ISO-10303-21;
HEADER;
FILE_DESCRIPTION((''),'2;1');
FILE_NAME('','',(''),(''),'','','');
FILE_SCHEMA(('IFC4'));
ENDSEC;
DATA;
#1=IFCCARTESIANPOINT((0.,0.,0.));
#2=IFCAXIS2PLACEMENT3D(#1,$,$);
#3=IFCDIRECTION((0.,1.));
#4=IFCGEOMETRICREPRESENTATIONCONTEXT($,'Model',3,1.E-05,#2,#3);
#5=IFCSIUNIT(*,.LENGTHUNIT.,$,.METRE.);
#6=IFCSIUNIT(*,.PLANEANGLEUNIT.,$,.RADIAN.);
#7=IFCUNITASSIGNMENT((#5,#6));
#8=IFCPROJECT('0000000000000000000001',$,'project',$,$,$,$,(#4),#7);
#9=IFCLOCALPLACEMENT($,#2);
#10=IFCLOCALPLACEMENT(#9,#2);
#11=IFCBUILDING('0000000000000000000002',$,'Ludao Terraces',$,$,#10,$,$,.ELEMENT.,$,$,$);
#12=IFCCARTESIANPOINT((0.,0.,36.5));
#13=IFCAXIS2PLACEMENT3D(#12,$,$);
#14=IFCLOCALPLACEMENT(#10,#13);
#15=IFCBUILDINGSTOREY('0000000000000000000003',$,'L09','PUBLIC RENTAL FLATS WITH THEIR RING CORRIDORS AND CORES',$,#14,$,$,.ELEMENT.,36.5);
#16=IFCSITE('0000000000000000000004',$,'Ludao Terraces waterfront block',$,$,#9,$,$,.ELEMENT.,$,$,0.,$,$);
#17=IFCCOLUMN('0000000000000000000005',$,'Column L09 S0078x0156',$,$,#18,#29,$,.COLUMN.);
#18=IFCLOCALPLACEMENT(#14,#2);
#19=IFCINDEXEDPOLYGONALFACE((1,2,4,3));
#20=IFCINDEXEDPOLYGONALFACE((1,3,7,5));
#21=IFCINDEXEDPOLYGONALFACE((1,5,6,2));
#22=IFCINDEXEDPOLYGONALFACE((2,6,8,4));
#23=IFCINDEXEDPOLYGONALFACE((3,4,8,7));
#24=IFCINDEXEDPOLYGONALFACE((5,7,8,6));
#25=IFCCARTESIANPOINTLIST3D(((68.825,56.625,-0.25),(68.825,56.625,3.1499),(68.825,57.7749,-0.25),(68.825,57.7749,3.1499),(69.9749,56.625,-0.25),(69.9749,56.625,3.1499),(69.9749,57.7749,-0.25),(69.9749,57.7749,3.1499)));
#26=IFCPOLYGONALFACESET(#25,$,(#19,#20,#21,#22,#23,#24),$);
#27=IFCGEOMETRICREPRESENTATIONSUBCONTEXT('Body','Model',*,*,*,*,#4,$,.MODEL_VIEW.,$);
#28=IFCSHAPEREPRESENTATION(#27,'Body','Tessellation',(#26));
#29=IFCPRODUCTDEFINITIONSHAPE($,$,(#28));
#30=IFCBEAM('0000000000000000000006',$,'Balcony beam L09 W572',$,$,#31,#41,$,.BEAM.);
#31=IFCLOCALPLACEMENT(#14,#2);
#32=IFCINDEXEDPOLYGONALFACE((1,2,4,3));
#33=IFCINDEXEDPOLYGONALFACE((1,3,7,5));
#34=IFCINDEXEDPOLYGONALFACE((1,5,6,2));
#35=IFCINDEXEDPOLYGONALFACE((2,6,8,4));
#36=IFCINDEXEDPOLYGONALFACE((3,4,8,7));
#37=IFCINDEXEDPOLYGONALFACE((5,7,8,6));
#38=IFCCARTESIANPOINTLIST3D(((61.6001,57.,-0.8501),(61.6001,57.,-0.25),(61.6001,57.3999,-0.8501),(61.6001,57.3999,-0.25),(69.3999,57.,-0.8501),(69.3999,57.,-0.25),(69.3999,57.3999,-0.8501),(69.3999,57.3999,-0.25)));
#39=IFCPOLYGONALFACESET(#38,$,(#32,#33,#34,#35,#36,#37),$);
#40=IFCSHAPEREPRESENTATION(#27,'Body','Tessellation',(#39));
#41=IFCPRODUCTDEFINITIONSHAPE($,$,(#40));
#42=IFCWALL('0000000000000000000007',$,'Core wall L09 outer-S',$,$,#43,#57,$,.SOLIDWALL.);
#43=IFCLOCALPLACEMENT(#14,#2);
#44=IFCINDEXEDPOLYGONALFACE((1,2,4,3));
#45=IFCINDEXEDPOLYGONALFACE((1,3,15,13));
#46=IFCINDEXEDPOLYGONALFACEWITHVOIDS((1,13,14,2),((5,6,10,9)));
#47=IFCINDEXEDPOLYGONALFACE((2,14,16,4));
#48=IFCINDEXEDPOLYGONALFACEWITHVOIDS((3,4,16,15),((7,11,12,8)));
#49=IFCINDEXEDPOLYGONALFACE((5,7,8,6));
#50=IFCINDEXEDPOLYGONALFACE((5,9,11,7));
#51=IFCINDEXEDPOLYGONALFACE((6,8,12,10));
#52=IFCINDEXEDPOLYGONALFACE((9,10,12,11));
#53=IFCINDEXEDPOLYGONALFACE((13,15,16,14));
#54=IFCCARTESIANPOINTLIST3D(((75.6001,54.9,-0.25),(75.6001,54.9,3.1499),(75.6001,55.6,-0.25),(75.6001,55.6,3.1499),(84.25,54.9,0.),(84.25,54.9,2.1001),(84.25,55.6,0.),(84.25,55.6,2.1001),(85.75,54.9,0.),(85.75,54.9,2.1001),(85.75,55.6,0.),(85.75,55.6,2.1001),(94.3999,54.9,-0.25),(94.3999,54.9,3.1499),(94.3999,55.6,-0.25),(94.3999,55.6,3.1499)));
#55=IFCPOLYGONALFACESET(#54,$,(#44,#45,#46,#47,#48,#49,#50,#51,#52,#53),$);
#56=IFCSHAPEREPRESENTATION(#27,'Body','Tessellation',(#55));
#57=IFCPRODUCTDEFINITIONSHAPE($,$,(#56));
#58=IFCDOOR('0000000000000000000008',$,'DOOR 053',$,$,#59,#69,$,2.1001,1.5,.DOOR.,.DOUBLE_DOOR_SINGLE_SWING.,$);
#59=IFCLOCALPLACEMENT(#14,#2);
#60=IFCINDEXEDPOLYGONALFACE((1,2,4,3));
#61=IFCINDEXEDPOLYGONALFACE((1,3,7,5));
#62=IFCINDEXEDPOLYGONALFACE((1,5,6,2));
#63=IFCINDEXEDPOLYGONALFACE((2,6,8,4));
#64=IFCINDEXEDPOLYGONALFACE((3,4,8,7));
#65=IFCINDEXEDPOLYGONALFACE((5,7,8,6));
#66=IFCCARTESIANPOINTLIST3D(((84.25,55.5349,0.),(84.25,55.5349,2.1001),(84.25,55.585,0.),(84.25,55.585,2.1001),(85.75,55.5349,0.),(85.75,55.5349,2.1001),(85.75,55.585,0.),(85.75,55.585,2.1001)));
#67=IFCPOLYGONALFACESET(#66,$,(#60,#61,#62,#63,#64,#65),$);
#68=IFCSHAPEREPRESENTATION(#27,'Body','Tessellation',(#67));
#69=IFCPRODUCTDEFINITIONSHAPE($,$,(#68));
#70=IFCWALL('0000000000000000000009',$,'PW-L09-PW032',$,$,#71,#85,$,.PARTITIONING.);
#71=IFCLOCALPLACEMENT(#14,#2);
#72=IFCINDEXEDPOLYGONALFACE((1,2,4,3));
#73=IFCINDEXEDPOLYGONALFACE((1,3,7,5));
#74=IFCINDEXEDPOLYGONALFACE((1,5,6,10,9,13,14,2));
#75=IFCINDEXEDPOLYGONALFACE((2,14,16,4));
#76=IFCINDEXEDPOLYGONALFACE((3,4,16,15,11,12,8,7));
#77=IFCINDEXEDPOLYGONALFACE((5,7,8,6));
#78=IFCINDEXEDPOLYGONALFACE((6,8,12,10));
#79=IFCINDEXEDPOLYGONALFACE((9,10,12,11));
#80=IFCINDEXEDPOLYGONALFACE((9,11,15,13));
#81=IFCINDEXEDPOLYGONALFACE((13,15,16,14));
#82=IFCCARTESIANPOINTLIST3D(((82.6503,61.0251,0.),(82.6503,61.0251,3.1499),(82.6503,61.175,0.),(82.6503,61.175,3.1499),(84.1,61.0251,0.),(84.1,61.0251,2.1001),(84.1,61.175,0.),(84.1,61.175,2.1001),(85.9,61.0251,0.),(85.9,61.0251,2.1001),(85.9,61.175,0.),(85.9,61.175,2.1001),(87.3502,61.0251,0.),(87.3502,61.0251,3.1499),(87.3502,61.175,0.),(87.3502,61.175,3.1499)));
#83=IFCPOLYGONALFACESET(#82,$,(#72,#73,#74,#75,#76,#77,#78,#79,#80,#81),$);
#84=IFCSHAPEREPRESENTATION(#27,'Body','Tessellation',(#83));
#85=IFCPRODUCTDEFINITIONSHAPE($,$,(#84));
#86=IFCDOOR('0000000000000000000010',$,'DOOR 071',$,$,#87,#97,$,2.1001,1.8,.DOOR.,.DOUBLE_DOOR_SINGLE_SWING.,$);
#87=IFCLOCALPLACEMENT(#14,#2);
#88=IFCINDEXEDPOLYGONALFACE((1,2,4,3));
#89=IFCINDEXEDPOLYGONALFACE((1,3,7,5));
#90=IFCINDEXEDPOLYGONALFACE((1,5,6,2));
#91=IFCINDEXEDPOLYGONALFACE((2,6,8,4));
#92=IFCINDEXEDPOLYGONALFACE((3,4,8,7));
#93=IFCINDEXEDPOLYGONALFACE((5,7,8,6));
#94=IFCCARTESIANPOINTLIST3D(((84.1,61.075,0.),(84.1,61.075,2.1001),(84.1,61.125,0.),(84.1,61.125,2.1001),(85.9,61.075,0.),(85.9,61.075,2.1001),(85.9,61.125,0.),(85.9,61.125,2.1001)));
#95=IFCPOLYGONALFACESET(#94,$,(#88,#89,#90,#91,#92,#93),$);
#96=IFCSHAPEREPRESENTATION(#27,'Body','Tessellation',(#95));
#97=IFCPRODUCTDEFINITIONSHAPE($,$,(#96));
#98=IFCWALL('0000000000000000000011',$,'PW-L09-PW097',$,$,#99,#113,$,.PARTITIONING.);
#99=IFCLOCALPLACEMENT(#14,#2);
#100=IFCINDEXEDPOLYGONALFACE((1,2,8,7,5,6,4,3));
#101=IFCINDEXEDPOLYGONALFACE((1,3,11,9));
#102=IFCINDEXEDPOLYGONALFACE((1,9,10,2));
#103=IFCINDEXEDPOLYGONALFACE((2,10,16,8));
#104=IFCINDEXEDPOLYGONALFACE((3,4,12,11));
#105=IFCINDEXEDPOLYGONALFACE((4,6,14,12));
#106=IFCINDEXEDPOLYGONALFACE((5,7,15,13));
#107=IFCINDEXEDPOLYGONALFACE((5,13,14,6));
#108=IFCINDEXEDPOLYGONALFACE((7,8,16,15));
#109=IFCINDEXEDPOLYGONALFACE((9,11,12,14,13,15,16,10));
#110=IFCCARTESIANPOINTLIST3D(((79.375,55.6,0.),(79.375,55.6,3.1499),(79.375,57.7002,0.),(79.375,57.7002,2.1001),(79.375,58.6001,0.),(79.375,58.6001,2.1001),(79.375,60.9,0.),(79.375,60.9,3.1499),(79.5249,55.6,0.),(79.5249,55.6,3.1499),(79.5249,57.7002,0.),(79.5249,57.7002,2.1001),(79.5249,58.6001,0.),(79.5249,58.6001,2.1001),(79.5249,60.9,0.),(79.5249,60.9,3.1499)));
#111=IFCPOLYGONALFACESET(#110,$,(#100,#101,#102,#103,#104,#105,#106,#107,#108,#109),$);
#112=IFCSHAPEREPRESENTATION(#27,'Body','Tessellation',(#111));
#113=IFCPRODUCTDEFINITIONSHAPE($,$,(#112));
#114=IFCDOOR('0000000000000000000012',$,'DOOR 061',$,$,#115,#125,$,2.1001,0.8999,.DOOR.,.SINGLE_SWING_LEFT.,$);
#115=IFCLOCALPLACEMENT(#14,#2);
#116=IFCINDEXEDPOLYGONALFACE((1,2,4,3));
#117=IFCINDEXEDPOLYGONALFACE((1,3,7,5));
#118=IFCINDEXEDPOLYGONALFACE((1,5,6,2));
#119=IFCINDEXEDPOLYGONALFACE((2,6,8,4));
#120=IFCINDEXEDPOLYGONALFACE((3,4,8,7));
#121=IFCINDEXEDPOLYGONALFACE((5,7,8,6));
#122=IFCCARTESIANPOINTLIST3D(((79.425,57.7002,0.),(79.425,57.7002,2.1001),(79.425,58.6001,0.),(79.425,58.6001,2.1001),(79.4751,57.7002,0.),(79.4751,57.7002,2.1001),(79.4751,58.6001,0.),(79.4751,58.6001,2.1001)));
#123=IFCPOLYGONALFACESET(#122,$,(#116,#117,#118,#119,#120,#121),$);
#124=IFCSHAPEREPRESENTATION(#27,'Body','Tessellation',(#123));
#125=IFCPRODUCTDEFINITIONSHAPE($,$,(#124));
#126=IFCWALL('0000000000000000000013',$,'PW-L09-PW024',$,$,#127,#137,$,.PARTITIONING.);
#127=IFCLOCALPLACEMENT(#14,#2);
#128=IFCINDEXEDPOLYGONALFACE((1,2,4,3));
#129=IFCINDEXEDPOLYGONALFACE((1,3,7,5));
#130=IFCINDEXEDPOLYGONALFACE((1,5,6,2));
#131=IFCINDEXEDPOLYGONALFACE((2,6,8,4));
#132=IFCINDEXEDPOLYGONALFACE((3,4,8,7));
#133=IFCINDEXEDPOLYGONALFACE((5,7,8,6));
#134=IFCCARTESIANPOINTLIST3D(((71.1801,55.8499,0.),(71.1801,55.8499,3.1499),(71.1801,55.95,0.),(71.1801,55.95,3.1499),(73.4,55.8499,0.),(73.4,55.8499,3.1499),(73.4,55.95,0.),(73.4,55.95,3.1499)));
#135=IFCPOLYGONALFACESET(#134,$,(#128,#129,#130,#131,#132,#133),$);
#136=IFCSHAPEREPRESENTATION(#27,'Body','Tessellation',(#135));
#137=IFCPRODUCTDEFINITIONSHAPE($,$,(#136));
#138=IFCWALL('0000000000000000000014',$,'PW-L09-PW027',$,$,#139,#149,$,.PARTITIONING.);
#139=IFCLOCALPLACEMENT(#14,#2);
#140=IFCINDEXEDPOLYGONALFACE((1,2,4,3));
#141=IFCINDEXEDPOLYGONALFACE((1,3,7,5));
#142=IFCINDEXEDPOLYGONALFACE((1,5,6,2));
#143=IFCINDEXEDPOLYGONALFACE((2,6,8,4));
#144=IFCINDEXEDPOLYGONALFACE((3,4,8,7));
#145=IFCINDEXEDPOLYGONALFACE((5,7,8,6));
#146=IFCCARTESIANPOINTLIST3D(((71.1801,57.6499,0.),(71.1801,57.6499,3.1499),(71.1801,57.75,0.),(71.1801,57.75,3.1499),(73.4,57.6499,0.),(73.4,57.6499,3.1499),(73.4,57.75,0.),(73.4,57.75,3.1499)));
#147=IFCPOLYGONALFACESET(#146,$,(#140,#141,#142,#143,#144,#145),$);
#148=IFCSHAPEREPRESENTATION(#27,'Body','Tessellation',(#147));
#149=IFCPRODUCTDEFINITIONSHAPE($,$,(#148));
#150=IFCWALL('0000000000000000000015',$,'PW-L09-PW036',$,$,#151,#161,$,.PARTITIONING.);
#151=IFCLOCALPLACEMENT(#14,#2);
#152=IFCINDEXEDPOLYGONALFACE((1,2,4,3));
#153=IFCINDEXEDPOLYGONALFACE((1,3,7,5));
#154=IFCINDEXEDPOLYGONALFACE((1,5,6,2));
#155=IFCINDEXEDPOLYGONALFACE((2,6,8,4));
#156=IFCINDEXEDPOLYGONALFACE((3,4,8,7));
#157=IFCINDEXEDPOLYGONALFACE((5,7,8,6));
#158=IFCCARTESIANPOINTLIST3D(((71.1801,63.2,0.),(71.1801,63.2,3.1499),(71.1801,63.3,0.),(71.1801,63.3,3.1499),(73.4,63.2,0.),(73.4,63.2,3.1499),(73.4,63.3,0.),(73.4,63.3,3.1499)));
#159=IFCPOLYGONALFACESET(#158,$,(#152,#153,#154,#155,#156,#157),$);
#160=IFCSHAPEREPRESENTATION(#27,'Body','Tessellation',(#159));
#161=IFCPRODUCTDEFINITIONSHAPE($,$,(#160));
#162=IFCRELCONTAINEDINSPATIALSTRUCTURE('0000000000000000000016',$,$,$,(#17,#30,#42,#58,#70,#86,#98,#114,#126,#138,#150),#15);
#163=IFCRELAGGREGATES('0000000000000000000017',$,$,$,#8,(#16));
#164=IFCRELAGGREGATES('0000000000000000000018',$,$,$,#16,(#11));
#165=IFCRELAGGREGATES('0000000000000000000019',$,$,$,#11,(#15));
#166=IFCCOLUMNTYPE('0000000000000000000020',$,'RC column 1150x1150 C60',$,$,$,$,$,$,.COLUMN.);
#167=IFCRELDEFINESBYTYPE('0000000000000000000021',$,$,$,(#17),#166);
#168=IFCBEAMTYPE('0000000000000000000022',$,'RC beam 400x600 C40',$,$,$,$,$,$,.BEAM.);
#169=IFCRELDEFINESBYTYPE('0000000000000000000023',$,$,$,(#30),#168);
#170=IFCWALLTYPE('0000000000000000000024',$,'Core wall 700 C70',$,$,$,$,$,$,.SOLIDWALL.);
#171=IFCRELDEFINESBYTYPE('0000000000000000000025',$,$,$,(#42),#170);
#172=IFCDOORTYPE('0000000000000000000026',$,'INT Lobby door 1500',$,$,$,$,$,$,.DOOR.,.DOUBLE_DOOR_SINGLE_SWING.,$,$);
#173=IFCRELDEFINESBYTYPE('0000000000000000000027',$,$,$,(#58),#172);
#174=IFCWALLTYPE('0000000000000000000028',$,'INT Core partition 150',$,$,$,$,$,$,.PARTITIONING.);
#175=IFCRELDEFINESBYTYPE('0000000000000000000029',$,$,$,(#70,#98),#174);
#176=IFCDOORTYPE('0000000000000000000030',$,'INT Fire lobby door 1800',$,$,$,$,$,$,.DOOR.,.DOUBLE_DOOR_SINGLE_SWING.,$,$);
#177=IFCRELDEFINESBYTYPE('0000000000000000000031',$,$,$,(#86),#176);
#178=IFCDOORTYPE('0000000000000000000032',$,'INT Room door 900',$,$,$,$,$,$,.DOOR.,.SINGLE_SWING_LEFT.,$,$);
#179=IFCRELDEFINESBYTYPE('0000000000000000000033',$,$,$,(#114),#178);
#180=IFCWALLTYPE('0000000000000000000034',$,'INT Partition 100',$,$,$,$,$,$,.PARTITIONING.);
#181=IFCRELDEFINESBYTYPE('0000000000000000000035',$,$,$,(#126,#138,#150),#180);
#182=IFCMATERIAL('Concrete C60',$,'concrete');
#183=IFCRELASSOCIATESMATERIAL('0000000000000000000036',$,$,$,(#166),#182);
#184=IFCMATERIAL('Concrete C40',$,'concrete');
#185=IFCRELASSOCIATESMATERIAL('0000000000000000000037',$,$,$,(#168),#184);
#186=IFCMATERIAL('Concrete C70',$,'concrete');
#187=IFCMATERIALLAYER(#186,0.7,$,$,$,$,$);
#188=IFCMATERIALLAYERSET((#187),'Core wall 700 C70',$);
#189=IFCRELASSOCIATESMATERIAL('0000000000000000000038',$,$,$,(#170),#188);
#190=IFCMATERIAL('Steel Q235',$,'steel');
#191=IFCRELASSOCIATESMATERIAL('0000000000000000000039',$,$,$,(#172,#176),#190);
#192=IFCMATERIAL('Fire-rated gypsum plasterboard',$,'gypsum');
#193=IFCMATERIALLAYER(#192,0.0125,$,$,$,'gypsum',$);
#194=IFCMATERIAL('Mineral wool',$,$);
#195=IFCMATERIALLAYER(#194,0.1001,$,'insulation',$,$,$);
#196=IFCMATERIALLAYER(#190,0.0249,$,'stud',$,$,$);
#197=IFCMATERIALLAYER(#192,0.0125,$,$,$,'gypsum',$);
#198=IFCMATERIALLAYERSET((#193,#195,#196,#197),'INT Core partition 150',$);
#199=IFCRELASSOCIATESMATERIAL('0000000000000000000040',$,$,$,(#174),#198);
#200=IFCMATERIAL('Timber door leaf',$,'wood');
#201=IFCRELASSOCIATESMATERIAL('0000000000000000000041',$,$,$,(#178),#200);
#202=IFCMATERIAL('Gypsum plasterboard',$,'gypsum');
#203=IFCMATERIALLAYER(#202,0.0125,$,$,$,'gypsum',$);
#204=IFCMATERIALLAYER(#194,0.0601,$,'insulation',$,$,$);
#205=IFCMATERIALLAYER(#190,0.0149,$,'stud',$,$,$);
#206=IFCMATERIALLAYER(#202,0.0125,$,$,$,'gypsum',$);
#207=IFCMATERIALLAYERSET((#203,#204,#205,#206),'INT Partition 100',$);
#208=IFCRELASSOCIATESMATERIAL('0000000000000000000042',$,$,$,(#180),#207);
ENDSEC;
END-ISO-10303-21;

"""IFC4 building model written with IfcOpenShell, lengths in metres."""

from ifc_helpers import new_model, si_unit, direction, frame, frame_2d, origin, origin_2d, place, context, subcontext, project, spatial, rectangle, extrude, material, layer, layer_set, material_profile, profile_set, type_object, element, fill, save


model = new_model("IFC4")

# Units and contexts
model_context = context("Model", 3, precision=1e-05, world=origin(), true_north=direction((0.0, 1.0)))
body_context = subcontext(model_context, "Body", "Model", "MODEL_VIEW")
ifc_project = project(units=[si_unit("LENGTHUNIT", "METRE"), si_unit("PLANEANGLEUNIT", "RADIAN")], contexts=[model_context])

# Site, building, storey
site_placement = place(None, origin())
site = spatial("IfcSite", under=ifc_project, at=site_placement, Name="Ludao Terraces waterfront block", CompositionType="ELEMENT", RefElevation=0.0)
building_placement = place(site_placement, origin())
building = spatial("IfcBuilding", under=site, at=building_placement, Name="Ludao Terraces", CompositionType="ELEMENT")
storey_placement = place(building_placement, frame((0.0, 0.0, 36.5)))
storey = spatial("IfcBuildingStorey", under=building, at=storey_placement, Name="L09", Description="PUBLIC RENTAL FLATS WITH THEIR RING CORRIDORS AND CORES", CompositionType="ELEMENT", Elevation=36.5)

# Column
ifc_material_1 = material(Name="Concrete C60", Category="concrete")
ifc_material_profile_1 = material_profile(ifc_material_1, rectangle(XDim=1.1499, YDim=1.1499, at=origin_2d()), Name="1150 X 1150")
ifc_profile_set_1 = profile_set([ifc_material_profile_1], Name="Concrete C60")
column_type = type_object("IfcColumnType", Name="RC column 1150x1150 C60", PredefinedType="COLUMN", material=ifc_profile_set_1)
column_placement = place(storey_placement, frame((69.3999, 57.2, -0.25), z_axis=(0.0, 0.0, 1.0), x_axis=(1.0, 0.0, 0.0)))
element("IfcColumn", 1, at=column_placement, inside=storey, type_object=column_type, Name="Column L09 S0078x0156", PredefinedType="COLUMN", context=body_context, shape_type="SweptSolid", body=[
    extrude(rectangle(XDim=1.1499, YDim=1.1499, at=origin_2d()), origin(), (0.0, 0.0, 1.0), 3.3999),
])

# Beam
ifc_material_2 = material(Name="Concrete C40", Category="concrete")
ifc_material_profile_2 = material_profile(ifc_material_2, rectangle(XDim=0.3999, YDim=0.6001, at=origin_2d()), Name="400 X 600")
ifc_profile_set_2 = profile_set([ifc_material_profile_2], Name="Concrete C40")
beam_type = type_object("IfcBeamType", Name="RC beam 400x600 C40", PredefinedType="BEAM", material=ifc_profile_set_2)
beam_placement = place(storey_placement, frame((69.3999, 57.2, -0.55), z_axis=(-1.0, 0.0, 0.0), x_axis=(0.0, -1.0, 0.0)))
element("IfcBeam", 2, at=beam_placement, inside=storey, type_object=beam_type, Name="Balcony beam L09 W572", PredefinedType="BEAM", context=body_context, shape_type="SweptSolid", body=[
    extrude(rectangle(XDim=0.3999, YDim=0.6001, at=origin_2d()), origin(), (0.0, 0.0, 1.0), 7.7998),
])

# Walls, openings, doors
ifc_material_3 = material(Name="Concrete C70", Category="concrete")
ifc_layer_1 = layer(ifc_material_3, 0.7)
ifc_layer_set_1 = layer_set([ifc_layer_1], Name="Core wall 700 C70")
wall_type_1 = type_object("IfcWallType", Name="Core wall 700 C70", PredefinedType="SOLIDWALL", material=ifc_layer_set_1)
wall_1_placement = place(storey_placement, frame((75.6001, 55.25, -0.25), z_axis=(0.0, 0.0, 1.0), x_axis=(1.0, 0.0, 0.0)))
wall_1 = element("IfcWall", 3, at=wall_1_placement, inside=storey, type_object=wall_type_1, Name="Core wall L09 outer-S", PredefinedType="SOLIDWALL", context=body_context, shape_type="SweptSolid", body=[
    extrude(rectangle(XDim=18.7998, YDim=0.7, at=frame_2d((9.3999, 0.0))), origin(), (0.0, 0.0, 1.0), 3.3999),
])
opening_1_placement = place(wall_1_placement, frame((8.6499, 0.0, 0.25)))
opening_1 = element("IfcOpeningElement", 4, at=opening_1_placement, cuts=wall_1, PredefinedType="OPENING", context=body_context, shape_type="SweptSolid", body=[
    extrude(rectangle(XDim=1.5, YDim=2.1001, at=frame_2d((0.75, 1.05))), frame((0.0, 0.3599, 0.0), z_axis=(0.0, -1.0, 0.0), x_axis=(1.0, 0.0, 0.0)), (0.0, 0.0, 1.0), 0.72),
])
ifc_material_4 = material(Name="Steel Q235", Category="steel")
door_type_1 = type_object("IfcDoorType", Name="INT Lobby door 1500", OperationType="DOUBLE_DOOR_SINGLE_SWING", PredefinedType="DOOR", material=ifc_material_4)
door_1_placement = place(opening_1_placement, origin())
door_1 = element("IfcDoor", 5, at=door_1_placement, inside=storey, type_object=door_type_1, Name="DOOR 053", OperationType="DOUBLE_DOOR_SINGLE_SWING", OverallHeight=2.1001, OverallWidth=1.5, PredefinedType="DOOR", context=body_context, shape_type="SweptSolid", body=[
    extrude(rectangle(XDim=1.5, YDim=2.1001, at=frame_2d((0.75, 1.05))), frame((0.0, 0.335, 0.0), z_axis=(0.0, -1.0, 0.0), x_axis=(1.0, 0.0, 0.0)), (0.0, 0.0, 1.0), 0.05),
])
fill(opening_1, door_1)
ifc_material_5 = material(Name="Fire-rated gypsum plasterboard", Category="gypsum")
ifc_layer_2 = layer(ifc_material_5, 0.0125, Category="gypsum")
ifc_material_6 = material(Name="Mineral wool")
ifc_layer_3 = layer(ifc_material_6, 0.1001, Name="insulation")
ifc_layer_4 = layer(ifc_material_4, 0.0249, Name="stud")
ifc_layer_5 = layer(ifc_material_5, 0.0125, Category="gypsum")
ifc_layer_set_2 = layer_set([ifc_layer_2, ifc_layer_3, ifc_layer_4, ifc_layer_5], Name="INT Core partition 150")
wall_type_2 = type_object("IfcWallType", Name="INT Core partition 150", PredefinedType="PARTITIONING", material=ifc_layer_set_2)
wall_2_placement = place(storey_placement, frame((82.6501, 61.1001, 0.0), z_axis=(0.0, 0.0, 1.0), x_axis=(1.0, 0.0, 0.0)))
wall_2 = element("IfcWall", 6, at=wall_2_placement, inside=storey, type_object=wall_type_2, Name="PW-L09-PW032", PredefinedType="PARTITIONING", context=body_context, shape_type="SweptSolid", body=[
    extrude(rectangle(XDim=4.7, YDim=0.1499, at=frame_2d((2.3501, 0.0))), origin(), (0.0, 0.0, 1.0), 3.1499),
])
opening_2_placement = place(wall_2_placement, frame((1.45, 0.0, 0.0)))
opening_2 = element("IfcOpeningElement", 7, at=opening_2_placement, cuts=wall_2, PredefinedType="OPENING", context=body_context, shape_type="SweptSolid", body=[
    extrude(rectangle(XDim=1.8, YDim=2.1001, at=frame_2d((0.8999, 1.05))), frame((0.0, 0.085, 0.0), z_axis=(0.0, -1.0, 0.0), x_axis=(1.0, 0.0, 0.0)), (0.0, 0.0, 1.0), 0.1699),
])
door_type_2 = type_object("IfcDoorType", Name="INT Fire lobby door 1800", OperationType="DOUBLE_DOOR_SINGLE_SWING", PredefinedType="DOOR", material=ifc_material_4)
door_2_placement = place(opening_2_placement, origin())
door_2 = element("IfcDoor", 8, at=door_2_placement, inside=storey, type_object=door_type_2, Name="DOOR 071", OperationType="DOUBLE_DOOR_SINGLE_SWING", OverallHeight=2.1001, OverallWidth=1.8, PredefinedType="DOOR", context=body_context, shape_type="SweptSolid", body=[
    extrude(rectangle(XDim=1.8, YDim=2.1001, at=frame_2d((0.8999, 1.05))), frame((0.0, 0.0249, 0.0), z_axis=(0.0, -1.0, 0.0), x_axis=(1.0, 0.0, 0.0)), (0.0, 0.0, 1.0), 0.05),
])
fill(opening_2, door_2)
wall_3_placement = place(storey_placement, frame((79.45, 55.6001, 0.0), z_axis=(0.0, 0.0, 1.0), x_axis=(0.0, 1.0, 0.0)))
wall_3 = element("IfcWall", 9, at=wall_3_placement, inside=storey, type_object=wall_type_2, Name="PW-L09-PW097", PredefinedType="PARTITIONING", context=body_context, shape_type="SweptSolid", body=[
    extrude(rectangle(XDim=5.3, YDim=0.1499, at=frame_2d((2.6499, 0.0))), origin(), (0.0, 0.0, 1.0), 3.1499),
])
opening_3_placement = place(wall_3_placement, frame((2.1001, 0.0, 0.0)))
opening_3 = element("IfcOpeningElement", 10, at=opening_3_placement, cuts=wall_3, PredefinedType="OPENING", context=body_context, shape_type="SweptSolid", body=[
    extrude(rectangle(XDim=0.8999, YDim=2.1001, at=frame_2d((0.45, 1.05))), frame((0.0, 0.085, 0.0), z_axis=(0.0, -1.0, 0.0), x_axis=(1.0, 0.0, 0.0)), (0.0, 0.0, 1.0), 0.1699),
])
ifc_material_7 = material(Name="Timber door leaf", Category="wood")
door_type_3 = type_object("IfcDoorType", Name="INT Room door 900", OperationType="SINGLE_SWING_LEFT", PredefinedType="DOOR", material=ifc_material_7)
door_3_placement = place(opening_3_placement, origin())
door_3 = element("IfcDoor", 11, at=door_3_placement, inside=storey, type_object=door_type_3, Name="DOOR 061", OperationType="SINGLE_SWING_LEFT", OverallHeight=2.1001, OverallWidth=0.8999, PredefinedType="DOOR", context=body_context, shape_type="SweptSolid", body=[
    extrude(rectangle(XDim=0.8999, YDim=2.1001, at=frame_2d((0.45, 1.05))), frame((0.0, 0.0249, 0.0), z_axis=(0.0, -1.0, 0.0), x_axis=(1.0, 0.0, 0.0)), (0.0, 0.0, 1.0), 0.05),
])
fill(opening_3, door_3)

# Walls
ifc_material_8 = material(Name="Gypsum plasterboard", Category="gypsum")
ifc_layer_6 = layer(ifc_material_8, 0.0125, Category="gypsum")
ifc_layer_7 = layer(ifc_material_6, 0.0601, Name="insulation")
ifc_layer_8 = layer(ifc_material_4, 0.0149, Name="stud")
ifc_layer_9 = layer(ifc_material_8, 0.0125, Category="gypsum")
ifc_layer_set_3 = layer_set([ifc_layer_6, ifc_layer_7, ifc_layer_8, ifc_layer_9], Name="INT Partition 100")
wall_type_3 = type_object("IfcWallType", Name="INT Partition 100", PredefinedType="PARTITIONING", material=ifc_layer_set_3)
for number, where, z_axis, x_axis, name in (
    (12, (71.1802, 55.8999, 0.0), (0.0, 0.0, 1.0), (1.0, 0.0, 0.0), "PW-L09-PW024"),
    (13, (71.1802, 57.7, 0.0), (0.0, 0.0, 1.0), (1.0, 0.0, 0.0), "PW-L09-PW027"),
    (14, (71.1802, 63.25, 0.0), (0.0, 0.0, 1.0), (1.0, 0.0, 0.0), "PW-L09-PW036"),
):
    element("IfcWall", number, at=place(storey_placement, frame(where, z_axis=z_axis, x_axis=x_axis)), inside=storey, type_object=wall_type_3, Name=name, PredefinedType="PARTITIONING", context=body_context, shape_type="SweptSolid", body=[
        extrude(rectangle(XDim=2.22, YDim=0.1001, at=frame_2d((1.1099, 0.0))), origin(), (0.0, 0.0, 1.0), 3.1499),
    ])

save(model, "model.ifc")
